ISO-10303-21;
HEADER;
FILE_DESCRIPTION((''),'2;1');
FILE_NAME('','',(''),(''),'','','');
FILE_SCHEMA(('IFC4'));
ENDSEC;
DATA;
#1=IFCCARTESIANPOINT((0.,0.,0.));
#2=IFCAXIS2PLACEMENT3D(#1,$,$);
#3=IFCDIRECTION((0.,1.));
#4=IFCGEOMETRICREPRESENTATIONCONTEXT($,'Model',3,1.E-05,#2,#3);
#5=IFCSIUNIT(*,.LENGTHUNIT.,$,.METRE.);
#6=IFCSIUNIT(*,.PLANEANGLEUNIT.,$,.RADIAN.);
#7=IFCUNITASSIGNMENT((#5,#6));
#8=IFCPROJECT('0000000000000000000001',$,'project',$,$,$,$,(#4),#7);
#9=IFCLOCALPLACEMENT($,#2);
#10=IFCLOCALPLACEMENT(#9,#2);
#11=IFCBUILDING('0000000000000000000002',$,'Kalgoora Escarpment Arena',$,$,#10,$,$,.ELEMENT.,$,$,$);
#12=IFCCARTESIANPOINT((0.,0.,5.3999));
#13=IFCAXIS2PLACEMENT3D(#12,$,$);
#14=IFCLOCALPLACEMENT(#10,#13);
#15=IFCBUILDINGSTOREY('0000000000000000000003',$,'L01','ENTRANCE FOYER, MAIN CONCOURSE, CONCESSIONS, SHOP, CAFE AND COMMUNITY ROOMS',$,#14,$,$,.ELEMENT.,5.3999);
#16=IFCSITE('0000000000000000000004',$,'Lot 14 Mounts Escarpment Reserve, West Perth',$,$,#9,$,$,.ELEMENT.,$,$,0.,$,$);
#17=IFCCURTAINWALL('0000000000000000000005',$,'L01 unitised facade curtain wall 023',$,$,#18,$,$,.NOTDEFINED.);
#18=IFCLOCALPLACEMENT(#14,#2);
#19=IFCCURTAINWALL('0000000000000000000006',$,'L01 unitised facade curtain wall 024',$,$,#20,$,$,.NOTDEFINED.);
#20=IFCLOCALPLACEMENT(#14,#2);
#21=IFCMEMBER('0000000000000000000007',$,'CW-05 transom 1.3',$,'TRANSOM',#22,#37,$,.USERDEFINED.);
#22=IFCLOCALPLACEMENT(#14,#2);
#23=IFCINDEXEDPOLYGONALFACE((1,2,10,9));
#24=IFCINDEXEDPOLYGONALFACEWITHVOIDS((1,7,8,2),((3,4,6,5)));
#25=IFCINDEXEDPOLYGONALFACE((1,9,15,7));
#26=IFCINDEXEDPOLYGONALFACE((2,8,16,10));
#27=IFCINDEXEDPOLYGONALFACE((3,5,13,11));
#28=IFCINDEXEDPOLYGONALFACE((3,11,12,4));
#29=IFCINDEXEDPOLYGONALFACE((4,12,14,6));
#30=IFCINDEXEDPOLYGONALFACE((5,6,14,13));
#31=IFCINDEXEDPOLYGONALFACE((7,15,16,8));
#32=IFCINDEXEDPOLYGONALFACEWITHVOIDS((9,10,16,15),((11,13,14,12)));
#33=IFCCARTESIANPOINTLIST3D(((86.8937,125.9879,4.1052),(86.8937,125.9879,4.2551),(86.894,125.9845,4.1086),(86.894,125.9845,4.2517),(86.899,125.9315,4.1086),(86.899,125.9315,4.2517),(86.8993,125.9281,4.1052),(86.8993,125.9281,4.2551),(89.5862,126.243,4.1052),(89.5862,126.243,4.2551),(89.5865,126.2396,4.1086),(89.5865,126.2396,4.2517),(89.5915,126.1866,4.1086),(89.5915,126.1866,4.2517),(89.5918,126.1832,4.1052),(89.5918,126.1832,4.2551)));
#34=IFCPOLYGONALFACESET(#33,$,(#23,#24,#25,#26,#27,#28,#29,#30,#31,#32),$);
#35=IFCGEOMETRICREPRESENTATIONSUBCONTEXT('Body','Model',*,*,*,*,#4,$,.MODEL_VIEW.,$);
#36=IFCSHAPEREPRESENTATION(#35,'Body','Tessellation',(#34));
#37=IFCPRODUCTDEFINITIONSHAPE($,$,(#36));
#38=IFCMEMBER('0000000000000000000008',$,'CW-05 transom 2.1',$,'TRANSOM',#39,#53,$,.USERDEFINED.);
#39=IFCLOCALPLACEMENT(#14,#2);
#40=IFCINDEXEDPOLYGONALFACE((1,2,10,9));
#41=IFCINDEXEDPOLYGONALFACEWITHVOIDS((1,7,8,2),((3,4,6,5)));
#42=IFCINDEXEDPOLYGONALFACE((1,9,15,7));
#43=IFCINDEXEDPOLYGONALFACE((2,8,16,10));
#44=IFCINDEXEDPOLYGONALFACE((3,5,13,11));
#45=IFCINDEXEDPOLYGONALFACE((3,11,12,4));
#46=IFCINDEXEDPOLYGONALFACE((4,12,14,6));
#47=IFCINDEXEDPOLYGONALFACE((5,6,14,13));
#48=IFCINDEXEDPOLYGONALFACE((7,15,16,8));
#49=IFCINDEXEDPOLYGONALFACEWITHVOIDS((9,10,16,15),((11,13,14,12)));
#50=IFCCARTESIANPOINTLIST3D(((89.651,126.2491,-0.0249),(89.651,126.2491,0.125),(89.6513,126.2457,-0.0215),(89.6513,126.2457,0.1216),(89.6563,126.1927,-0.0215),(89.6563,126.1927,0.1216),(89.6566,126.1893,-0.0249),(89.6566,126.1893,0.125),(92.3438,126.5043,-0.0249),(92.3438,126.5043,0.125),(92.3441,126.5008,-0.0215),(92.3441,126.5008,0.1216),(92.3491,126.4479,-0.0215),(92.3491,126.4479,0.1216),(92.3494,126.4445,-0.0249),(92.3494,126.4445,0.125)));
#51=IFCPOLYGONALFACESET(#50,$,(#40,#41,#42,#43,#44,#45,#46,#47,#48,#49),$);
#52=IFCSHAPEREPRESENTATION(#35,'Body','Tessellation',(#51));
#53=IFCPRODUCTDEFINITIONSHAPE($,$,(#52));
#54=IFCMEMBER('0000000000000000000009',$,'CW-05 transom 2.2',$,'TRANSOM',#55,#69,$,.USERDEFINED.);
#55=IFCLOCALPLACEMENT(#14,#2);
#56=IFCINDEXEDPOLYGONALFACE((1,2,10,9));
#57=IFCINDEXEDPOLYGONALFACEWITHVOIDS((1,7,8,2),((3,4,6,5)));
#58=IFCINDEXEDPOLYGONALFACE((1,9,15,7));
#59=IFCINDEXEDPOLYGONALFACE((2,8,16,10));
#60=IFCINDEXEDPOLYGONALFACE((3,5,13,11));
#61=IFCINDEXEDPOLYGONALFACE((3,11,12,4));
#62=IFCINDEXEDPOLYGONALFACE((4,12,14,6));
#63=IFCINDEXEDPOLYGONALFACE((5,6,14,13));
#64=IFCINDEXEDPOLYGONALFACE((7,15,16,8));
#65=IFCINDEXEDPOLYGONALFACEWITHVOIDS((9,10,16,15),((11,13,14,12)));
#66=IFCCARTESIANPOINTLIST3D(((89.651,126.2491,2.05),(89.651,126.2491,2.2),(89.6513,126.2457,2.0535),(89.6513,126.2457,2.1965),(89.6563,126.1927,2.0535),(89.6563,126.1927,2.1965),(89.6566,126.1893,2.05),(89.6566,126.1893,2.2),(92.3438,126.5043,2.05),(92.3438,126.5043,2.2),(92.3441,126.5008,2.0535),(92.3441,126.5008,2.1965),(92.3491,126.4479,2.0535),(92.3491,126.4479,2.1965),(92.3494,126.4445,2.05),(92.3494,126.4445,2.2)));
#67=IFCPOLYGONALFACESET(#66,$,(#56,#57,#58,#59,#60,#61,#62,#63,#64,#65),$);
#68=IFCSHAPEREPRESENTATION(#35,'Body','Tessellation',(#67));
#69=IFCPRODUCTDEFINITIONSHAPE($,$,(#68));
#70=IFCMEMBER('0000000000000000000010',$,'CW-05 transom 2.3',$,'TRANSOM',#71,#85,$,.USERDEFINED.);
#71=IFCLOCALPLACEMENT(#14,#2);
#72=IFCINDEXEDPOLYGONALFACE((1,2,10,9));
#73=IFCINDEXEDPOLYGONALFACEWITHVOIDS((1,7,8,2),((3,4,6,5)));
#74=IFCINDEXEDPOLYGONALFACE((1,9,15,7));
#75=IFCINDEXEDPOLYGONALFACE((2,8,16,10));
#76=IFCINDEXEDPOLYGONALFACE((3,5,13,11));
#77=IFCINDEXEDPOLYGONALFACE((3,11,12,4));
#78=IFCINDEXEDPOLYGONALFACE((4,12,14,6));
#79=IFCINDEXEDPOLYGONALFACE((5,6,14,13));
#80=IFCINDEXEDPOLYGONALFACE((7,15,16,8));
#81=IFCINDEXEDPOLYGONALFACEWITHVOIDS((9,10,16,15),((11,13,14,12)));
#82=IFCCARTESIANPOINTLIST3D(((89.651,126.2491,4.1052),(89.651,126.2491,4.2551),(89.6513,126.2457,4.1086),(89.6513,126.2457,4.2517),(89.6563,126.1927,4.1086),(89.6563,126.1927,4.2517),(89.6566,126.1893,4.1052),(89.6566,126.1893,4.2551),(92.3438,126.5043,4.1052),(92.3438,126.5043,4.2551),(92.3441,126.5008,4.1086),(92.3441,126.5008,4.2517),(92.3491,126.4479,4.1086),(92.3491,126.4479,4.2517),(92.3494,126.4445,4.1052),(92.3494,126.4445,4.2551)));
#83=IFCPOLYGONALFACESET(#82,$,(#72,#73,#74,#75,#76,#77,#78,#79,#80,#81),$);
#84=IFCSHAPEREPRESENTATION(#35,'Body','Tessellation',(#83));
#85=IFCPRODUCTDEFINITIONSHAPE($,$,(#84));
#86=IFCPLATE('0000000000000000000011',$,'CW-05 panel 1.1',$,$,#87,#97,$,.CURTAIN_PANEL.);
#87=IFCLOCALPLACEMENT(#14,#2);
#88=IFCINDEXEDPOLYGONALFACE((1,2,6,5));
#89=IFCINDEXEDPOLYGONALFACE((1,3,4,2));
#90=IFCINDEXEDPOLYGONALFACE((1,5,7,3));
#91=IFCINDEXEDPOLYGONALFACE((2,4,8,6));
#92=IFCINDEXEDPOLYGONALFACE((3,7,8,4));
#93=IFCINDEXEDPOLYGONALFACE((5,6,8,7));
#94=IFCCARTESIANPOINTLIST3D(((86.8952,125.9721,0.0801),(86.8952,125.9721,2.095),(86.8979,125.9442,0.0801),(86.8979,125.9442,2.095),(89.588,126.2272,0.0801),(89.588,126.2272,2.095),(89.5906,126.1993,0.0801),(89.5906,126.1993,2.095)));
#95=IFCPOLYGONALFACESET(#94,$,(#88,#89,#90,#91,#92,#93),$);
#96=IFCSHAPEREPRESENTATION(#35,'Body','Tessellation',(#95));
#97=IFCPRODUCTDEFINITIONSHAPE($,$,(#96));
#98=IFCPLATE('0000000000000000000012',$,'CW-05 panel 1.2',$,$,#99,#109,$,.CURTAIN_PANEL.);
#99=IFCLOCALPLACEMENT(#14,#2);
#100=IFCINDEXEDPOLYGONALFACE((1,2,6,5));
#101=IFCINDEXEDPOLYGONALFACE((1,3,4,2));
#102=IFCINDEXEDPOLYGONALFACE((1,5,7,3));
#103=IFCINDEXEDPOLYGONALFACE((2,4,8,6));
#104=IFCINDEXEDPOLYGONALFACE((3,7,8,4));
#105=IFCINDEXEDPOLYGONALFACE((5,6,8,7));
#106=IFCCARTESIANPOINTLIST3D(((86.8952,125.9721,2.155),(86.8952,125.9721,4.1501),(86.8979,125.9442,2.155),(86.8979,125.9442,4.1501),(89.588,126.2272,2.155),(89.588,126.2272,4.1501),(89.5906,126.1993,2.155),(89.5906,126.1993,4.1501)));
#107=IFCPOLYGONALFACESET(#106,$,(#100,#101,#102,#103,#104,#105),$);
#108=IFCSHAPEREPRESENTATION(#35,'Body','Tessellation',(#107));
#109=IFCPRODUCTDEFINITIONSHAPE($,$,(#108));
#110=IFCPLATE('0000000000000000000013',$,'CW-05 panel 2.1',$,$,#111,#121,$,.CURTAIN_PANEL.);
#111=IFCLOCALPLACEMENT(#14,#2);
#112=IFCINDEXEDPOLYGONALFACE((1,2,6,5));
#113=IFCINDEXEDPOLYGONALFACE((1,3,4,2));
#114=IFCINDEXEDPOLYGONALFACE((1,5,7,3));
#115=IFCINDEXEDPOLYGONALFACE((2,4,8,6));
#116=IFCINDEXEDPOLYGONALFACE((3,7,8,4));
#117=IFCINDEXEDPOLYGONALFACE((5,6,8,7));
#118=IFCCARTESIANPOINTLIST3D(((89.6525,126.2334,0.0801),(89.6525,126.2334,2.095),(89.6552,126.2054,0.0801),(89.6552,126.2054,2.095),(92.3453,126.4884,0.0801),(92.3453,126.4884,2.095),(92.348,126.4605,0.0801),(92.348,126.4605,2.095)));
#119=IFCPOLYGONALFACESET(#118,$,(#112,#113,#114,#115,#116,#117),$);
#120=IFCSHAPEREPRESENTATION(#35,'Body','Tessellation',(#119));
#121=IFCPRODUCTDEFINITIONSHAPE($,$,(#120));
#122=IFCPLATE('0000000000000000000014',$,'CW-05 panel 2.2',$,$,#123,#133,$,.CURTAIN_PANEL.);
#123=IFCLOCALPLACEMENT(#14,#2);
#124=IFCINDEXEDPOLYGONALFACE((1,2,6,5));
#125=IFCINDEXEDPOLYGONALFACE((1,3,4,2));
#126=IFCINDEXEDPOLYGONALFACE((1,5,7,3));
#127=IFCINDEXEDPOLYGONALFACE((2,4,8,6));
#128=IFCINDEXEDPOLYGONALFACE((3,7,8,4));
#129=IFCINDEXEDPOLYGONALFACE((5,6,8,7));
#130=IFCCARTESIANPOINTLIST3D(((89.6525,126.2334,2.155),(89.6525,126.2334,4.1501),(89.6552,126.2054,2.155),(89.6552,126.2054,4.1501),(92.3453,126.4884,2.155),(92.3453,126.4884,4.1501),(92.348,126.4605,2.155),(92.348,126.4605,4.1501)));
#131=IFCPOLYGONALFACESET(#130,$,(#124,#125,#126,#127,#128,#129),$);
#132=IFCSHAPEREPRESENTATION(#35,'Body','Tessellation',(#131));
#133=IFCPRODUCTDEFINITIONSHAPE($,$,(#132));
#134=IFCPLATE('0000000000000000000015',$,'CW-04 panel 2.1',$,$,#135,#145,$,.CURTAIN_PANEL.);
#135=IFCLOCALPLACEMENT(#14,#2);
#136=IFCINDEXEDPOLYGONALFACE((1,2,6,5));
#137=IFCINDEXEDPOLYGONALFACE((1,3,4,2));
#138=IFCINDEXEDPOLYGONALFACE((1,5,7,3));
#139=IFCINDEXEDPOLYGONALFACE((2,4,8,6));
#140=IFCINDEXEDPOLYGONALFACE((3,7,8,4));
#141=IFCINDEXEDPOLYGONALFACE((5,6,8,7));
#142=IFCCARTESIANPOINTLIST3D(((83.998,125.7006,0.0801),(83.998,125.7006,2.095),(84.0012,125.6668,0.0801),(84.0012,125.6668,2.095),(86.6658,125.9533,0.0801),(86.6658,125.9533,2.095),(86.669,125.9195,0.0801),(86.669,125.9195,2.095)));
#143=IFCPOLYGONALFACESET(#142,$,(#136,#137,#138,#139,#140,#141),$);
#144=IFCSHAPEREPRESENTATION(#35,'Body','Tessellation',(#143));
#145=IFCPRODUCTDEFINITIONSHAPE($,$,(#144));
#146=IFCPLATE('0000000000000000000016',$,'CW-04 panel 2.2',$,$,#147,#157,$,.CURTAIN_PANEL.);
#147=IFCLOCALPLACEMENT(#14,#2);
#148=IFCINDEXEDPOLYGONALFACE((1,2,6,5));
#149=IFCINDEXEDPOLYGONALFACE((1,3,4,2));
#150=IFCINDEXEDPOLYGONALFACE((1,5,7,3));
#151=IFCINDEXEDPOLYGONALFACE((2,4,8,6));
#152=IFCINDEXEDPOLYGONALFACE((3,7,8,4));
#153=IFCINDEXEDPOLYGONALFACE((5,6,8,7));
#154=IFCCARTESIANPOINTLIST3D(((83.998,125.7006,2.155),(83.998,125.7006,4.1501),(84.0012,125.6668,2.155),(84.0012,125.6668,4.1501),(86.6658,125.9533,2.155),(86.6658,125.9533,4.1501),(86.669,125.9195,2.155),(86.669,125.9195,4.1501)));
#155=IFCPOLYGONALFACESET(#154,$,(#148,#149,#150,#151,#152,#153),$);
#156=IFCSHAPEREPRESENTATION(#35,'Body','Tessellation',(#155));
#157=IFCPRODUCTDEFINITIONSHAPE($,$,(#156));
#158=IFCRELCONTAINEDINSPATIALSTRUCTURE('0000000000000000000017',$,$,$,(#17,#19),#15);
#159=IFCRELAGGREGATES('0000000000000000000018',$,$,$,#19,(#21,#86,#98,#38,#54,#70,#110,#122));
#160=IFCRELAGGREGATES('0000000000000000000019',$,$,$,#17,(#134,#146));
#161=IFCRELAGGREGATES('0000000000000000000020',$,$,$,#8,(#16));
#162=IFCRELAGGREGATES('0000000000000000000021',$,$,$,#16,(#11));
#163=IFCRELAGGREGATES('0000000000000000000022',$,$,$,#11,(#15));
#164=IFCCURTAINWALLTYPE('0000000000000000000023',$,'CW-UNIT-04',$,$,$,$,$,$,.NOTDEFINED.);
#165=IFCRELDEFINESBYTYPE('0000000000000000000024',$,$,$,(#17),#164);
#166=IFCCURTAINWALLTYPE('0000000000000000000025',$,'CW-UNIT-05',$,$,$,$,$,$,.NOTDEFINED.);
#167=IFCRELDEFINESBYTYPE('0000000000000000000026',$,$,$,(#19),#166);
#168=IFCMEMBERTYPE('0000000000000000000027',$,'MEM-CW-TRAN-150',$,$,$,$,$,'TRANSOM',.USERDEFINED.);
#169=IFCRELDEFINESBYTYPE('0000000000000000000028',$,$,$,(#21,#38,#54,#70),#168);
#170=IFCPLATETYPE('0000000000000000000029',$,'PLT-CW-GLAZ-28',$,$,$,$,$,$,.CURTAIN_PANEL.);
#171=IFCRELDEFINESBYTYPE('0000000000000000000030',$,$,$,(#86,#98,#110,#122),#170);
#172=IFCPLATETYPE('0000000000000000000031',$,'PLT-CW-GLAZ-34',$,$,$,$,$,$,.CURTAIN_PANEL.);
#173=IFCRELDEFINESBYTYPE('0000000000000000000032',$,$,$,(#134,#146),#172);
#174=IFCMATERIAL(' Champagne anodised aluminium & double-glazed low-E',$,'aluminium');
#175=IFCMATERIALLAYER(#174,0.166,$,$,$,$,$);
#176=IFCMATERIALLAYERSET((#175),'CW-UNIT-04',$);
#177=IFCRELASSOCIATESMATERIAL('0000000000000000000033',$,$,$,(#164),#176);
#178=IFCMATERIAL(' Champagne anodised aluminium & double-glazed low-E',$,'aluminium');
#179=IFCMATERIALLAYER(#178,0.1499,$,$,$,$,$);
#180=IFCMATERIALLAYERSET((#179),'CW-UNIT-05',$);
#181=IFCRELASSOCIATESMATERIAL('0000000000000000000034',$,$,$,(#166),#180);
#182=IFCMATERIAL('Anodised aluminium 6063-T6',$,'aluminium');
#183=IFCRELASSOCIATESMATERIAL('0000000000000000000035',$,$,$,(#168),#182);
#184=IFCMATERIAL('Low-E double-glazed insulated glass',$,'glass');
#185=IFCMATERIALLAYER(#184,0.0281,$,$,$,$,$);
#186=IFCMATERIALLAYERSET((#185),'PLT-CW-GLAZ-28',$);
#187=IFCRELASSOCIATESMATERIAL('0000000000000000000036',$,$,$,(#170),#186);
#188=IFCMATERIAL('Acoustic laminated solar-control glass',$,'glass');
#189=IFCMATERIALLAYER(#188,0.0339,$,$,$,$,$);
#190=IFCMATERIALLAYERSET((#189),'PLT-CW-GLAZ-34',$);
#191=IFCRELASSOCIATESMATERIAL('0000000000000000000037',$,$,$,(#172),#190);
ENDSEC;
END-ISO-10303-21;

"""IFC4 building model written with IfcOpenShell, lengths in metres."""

from ifc_helpers import new_model, si_unit, direction, frame, origin, origin_2d, place, context, subcontext, project, spatial, rectangle, hollow_rectangle, extrude, material, layer, layer_set, material_profile, profile_set, type_object, element, aggregate, save


model = new_model("IFC4")

# Units and contexts
model_context = context("Model", 3, precision=1e-05, world=origin(), true_north=direction((0.0, 1.0)))
body_context = subcontext(model_context, "Body", "Model", "MODEL_VIEW")
ifc_project = project(units=[si_unit("LENGTHUNIT", "METRE"), si_unit("PLANEANGLEUNIT", "RADIAN")], contexts=[model_context])

# Site, building, storey
site_placement = place(None, origin())
site = spatial("IfcSite", under=ifc_project, at=site_placement, Name="Lot 14 Mounts Escarpment Reserve, West Perth", CompositionType="ELEMENT", RefElevation=0.0)
building_placement = place(site_placement, origin())
building = spatial("IfcBuilding", under=site, at=building_placement, Name="Kalgoora Escarpment Arena", CompositionType="ELEMENT")
storey_placement = place(building_placement, frame((0.0, 0.0, 5.3999)))
storey = spatial("IfcBuildingStorey", under=building, at=storey_placement, Name="L01", Description="ENTRANCE FOYER, MAIN CONCOURSE, CONCESSIONS, SHOP, CAFE AND COMMUNITY ROOMS", CompositionType="ELEMENT", Elevation=5.3999)

# Curtain walls
ifc_material_1 = material(Name=" Champagne anodised aluminium & double-glazed low-E", Category="aluminium")
ifc_layer_1 = layer(ifc_material_1, 0.166)
ifc_layer_set_1 = layer_set([ifc_layer_1], Name="CW-UNIT-04")
curtain_wall_type_1 = type_object("IfcCurtainWallType", Name="CW-UNIT-04", PredefinedType="NOTDEFINED", material=ifc_layer_set_1)
curtain_wall_1_placement = place(storey_placement, origin())
curtain_wall_1 = element("IfcCurtainWall", 1, at=curtain_wall_1_placement, inside=storey, type_object=curtain_wall_type_1, Name="L01 unitised facade curtain wall 023", PredefinedType="NOTDEFINED")
ifc_material_2 = material(Name=" Champagne anodised aluminium & double-glazed low-E", Category="aluminium")
ifc_layer_2 = layer(ifc_material_2, 0.1499)
ifc_layer_set_2 = layer_set([ifc_layer_2], Name="CW-UNIT-05")
curtain_wall_type_2 = type_object("IfcCurtainWallType", Name="CW-UNIT-05", PredefinedType="NOTDEFINED", material=ifc_layer_set_2)
curtain_wall_2_placement = place(storey_placement, origin())
curtain_wall_2 = element("IfcCurtainWall", 2, at=curtain_wall_2_placement, inside=storey, type_object=curtain_wall_type_2, Name="L01 unitised facade curtain wall 024", PredefinedType="NOTDEFINED")

# Members
ifc_material_3 = material(Name="Anodised aluminium 6063-T6", Category="aluminium")
ifc_material_profile_1 = material_profile(ifc_material_3, hollow_rectangle(XDim=0.0601, YDim=0.1499, WallThickness=0.0034, at=origin_2d()))
ifc_profile_set_1 = profile_set([ifc_material_profile_1], Name="Anodised aluminium 6063-T6")
member_type_1 = type_object("IfcMemberType", Name="MEM-CW-TRAN-150", ElementType="TRANSOM", PredefinedType="USERDEFINED", material=ifc_profile_set_1)
member_1_placement = place(storey_placement, frame((86.8965, 125.958, 4.1802), z_axis=(0.995541, 0.094328, 0.0), x_axis=(-0.094328, 0.995541, 0.0)))
member_1 = element("IfcMember", 3, at=member_1_placement, type_object=member_type_1, Name="CW-05 transom 1.3", ObjectType="TRANSOM", PredefinedType="USERDEFINED", context=body_context, shape_type="SweptSolid", body=[
    extrude(hollow_rectangle(XDim=0.0601, YDim=0.1499, WallThickness=0.0034, at=origin_2d()), origin(), (0.0, 0.0, 1.0), 2.7046),
])
member_2_placement = place(storey_placement, frame((89.6538, 126.2192, 0.05), z_axis=(0.995542, 0.094319, 0.0), x_axis=(-0.094319, 0.995542, 0.0)))
member_2 = element("IfcMember", 4, at=member_2_placement, type_object=member_type_1, Name="CW-05 transom 2.1", ObjectType="TRANSOM", PredefinedType="USERDEFINED", context=body_context, shape_type="SweptSolid", body=[
    extrude(hollow_rectangle(XDim=0.0601, YDim=0.1499, WallThickness=0.0034, at=origin_2d()), origin(), (0.0, 0.0, 1.0), 2.7048),
])
member_3_placement = place(storey_placement, frame((89.6538, 126.2192, 2.125), z_axis=(0.995542, 0.094319, 0.0), x_axis=(-0.094319, 0.995542, 0.0)))
member_3 = element("IfcMember", 5, at=member_3_placement, type_object=member_type_1, Name="CW-05 transom 2.2", ObjectType="TRANSOM", PredefinedType="USERDEFINED", context=body_context, shape_type="SweptSolid", body=[
    extrude(hollow_rectangle(XDim=0.0601, YDim=0.1499, WallThickness=0.0034, at=origin_2d()), origin(), (0.0, 0.0, 1.0), 2.7048),
])
member_4_placement = place(storey_placement, frame((89.6538, 126.2192, 4.1802), z_axis=(0.995542, 0.094319, 0.0), x_axis=(-0.094319, 0.995542, 0.0)))
member_4 = element("IfcMember", 6, at=member_4_placement, type_object=member_type_1, Name="CW-05 transom 2.3", ObjectType="TRANSOM", PredefinedType="USERDEFINED", context=body_context, shape_type="SweptSolid", body=[
    extrude(hollow_rectangle(XDim=0.0601, YDim=0.1499, WallThickness=0.0034, at=origin_2d()), origin(), (0.0, 0.0, 1.0), 2.7048),
])

# Plates
ifc_material_4 = material(Name="Low-E double-glazed insulated glass", Category="glass")
ifc_layer_3 = layer(ifc_material_4, 0.0281)
ifc_layer_set_3 = layer_set([ifc_layer_3], Name="PLT-CW-GLAZ-28")
plate_type_1 = type_object("IfcPlateType", Name="PLT-CW-GLAZ-28", PredefinedType="CURTAIN_PANEL", material=ifc_layer_set_3)
plate_1_placement = place(storey_placement, frame((88.2429, 126.0857, 0.0801), z_axis=(0.0, 0.0, 1.0), x_axis=(0.995544, 0.0943, 0.0)))
plate_1 = element("IfcPlate", 7, at=plate_1_placement, type_object=plate_type_1, Name="CW-05 panel 1.1", PredefinedType="CURTAIN_PANEL", context=body_context, shape_type="SweptSolid", body=[
    extrude(rectangle(XDim=2.7048, YDim=0.0281, at=origin_2d()), origin(), (0.0, 0.0, 1.0), 2.0149),
])
plate_2_placement = place(storey_placement, frame((88.2429, 126.0857, 2.155), z_axis=(0.0, 0.0, 1.0), x_axis=(0.995544, 0.0943, 0.0)))
plate_2 = element("IfcPlate", 8, at=plate_2_placement, type_object=plate_type_1, Name="CW-05 panel 1.2", PredefinedType="CURTAIN_PANEL", context=body_context, shape_type="SweptSolid", body=[
    extrude(rectangle(XDim=2.7048, YDim=0.0281, at=origin_2d()), origin(), (0.0, 0.0, 1.0), 1.9951),
])
plate_3_placement = place(storey_placement, frame((91.0002, 126.3469, 0.0801), z_axis=(0.0, 0.0, 1.0), x_axis=(0.995544, 0.0943, 0.0)))
plate_3 = element("IfcPlate", 9, at=plate_3_placement, type_object=plate_type_1, Name="CW-05 panel 2.1", PredefinedType="CURTAIN_PANEL", context=body_context, shape_type="SweptSolid", body=[
    extrude(rectangle(XDim=2.7048, YDim=0.0281, at=origin_2d()), origin(), (0.0, 0.0, 1.0), 2.0149),
])
plate_4_placement = place(storey_placement, frame((91.0002, 126.3469, 2.155), z_axis=(0.0, 0.0, 1.0), x_axis=(0.995544, 0.0943, 0.0)))
plate_4 = element("IfcPlate", 10, at=plate_4_placement, type_object=plate_type_1, Name="CW-05 panel 2.2", PredefinedType="CURTAIN_PANEL", context=body_context, shape_type="SweptSolid", body=[
    extrude(rectangle(XDim=2.7048, YDim=0.0281, at=origin_2d()), origin(), (0.0, 0.0, 1.0), 1.9951),
])
aggregate(curtain_wall_2, [member_1, plate_1, plate_2, member_2, member_3, member_4, plate_3, plate_4])
ifc_material_5 = material(Name="Acoustic laminated solar-control glass", Category="glass")
ifc_layer_4 = layer(ifc_material_5, 0.0339)
ifc_layer_set_4 = layer_set([ifc_layer_4], Name="PLT-CW-GLAZ-34")
plate_type_2 = type_object("IfcPlateType", Name="PLT-CW-GLAZ-34", PredefinedType="CURTAIN_PANEL", material=ifc_layer_set_4)
plate_5_placement = place(storey_placement, frame((85.3335, 125.8101, 0.0801), z_axis=(0.0, 0.0, 1.0), x_axis=(0.995544, 0.094301, 0.0)))
plate_5 = element("IfcPlate", 11, at=plate_5_placement, type_object=plate_type_2, Name="CW-04 panel 2.1", PredefinedType="CURTAIN_PANEL", context=body_context, shape_type="SweptSolid", body=[
    extrude(rectangle(XDim=2.6797, YDim=0.0339, at=origin_2d()), origin(), (0.0, 0.0, 1.0), 2.0149),
])
plate_6_placement = place(storey_placement, frame((85.3335, 125.8101, 2.155), z_axis=(0.0, 0.0, 1.0), x_axis=(0.995544, 0.094301, 0.0)))
plate_6 = element("IfcPlate", 12, at=plate_6_placement, type_object=plate_type_2, Name="CW-04 panel 2.2", PredefinedType="CURTAIN_PANEL", context=body_context, shape_type="SweptSolid", body=[
    extrude(rectangle(XDim=2.6797, YDim=0.0339, at=origin_2d()), origin(), (0.0, 0.0, 1.0), 1.9951),
])
aggregate(curtain_wall_1, [plate_5, plate_6])

save(model, "model.ifc")
